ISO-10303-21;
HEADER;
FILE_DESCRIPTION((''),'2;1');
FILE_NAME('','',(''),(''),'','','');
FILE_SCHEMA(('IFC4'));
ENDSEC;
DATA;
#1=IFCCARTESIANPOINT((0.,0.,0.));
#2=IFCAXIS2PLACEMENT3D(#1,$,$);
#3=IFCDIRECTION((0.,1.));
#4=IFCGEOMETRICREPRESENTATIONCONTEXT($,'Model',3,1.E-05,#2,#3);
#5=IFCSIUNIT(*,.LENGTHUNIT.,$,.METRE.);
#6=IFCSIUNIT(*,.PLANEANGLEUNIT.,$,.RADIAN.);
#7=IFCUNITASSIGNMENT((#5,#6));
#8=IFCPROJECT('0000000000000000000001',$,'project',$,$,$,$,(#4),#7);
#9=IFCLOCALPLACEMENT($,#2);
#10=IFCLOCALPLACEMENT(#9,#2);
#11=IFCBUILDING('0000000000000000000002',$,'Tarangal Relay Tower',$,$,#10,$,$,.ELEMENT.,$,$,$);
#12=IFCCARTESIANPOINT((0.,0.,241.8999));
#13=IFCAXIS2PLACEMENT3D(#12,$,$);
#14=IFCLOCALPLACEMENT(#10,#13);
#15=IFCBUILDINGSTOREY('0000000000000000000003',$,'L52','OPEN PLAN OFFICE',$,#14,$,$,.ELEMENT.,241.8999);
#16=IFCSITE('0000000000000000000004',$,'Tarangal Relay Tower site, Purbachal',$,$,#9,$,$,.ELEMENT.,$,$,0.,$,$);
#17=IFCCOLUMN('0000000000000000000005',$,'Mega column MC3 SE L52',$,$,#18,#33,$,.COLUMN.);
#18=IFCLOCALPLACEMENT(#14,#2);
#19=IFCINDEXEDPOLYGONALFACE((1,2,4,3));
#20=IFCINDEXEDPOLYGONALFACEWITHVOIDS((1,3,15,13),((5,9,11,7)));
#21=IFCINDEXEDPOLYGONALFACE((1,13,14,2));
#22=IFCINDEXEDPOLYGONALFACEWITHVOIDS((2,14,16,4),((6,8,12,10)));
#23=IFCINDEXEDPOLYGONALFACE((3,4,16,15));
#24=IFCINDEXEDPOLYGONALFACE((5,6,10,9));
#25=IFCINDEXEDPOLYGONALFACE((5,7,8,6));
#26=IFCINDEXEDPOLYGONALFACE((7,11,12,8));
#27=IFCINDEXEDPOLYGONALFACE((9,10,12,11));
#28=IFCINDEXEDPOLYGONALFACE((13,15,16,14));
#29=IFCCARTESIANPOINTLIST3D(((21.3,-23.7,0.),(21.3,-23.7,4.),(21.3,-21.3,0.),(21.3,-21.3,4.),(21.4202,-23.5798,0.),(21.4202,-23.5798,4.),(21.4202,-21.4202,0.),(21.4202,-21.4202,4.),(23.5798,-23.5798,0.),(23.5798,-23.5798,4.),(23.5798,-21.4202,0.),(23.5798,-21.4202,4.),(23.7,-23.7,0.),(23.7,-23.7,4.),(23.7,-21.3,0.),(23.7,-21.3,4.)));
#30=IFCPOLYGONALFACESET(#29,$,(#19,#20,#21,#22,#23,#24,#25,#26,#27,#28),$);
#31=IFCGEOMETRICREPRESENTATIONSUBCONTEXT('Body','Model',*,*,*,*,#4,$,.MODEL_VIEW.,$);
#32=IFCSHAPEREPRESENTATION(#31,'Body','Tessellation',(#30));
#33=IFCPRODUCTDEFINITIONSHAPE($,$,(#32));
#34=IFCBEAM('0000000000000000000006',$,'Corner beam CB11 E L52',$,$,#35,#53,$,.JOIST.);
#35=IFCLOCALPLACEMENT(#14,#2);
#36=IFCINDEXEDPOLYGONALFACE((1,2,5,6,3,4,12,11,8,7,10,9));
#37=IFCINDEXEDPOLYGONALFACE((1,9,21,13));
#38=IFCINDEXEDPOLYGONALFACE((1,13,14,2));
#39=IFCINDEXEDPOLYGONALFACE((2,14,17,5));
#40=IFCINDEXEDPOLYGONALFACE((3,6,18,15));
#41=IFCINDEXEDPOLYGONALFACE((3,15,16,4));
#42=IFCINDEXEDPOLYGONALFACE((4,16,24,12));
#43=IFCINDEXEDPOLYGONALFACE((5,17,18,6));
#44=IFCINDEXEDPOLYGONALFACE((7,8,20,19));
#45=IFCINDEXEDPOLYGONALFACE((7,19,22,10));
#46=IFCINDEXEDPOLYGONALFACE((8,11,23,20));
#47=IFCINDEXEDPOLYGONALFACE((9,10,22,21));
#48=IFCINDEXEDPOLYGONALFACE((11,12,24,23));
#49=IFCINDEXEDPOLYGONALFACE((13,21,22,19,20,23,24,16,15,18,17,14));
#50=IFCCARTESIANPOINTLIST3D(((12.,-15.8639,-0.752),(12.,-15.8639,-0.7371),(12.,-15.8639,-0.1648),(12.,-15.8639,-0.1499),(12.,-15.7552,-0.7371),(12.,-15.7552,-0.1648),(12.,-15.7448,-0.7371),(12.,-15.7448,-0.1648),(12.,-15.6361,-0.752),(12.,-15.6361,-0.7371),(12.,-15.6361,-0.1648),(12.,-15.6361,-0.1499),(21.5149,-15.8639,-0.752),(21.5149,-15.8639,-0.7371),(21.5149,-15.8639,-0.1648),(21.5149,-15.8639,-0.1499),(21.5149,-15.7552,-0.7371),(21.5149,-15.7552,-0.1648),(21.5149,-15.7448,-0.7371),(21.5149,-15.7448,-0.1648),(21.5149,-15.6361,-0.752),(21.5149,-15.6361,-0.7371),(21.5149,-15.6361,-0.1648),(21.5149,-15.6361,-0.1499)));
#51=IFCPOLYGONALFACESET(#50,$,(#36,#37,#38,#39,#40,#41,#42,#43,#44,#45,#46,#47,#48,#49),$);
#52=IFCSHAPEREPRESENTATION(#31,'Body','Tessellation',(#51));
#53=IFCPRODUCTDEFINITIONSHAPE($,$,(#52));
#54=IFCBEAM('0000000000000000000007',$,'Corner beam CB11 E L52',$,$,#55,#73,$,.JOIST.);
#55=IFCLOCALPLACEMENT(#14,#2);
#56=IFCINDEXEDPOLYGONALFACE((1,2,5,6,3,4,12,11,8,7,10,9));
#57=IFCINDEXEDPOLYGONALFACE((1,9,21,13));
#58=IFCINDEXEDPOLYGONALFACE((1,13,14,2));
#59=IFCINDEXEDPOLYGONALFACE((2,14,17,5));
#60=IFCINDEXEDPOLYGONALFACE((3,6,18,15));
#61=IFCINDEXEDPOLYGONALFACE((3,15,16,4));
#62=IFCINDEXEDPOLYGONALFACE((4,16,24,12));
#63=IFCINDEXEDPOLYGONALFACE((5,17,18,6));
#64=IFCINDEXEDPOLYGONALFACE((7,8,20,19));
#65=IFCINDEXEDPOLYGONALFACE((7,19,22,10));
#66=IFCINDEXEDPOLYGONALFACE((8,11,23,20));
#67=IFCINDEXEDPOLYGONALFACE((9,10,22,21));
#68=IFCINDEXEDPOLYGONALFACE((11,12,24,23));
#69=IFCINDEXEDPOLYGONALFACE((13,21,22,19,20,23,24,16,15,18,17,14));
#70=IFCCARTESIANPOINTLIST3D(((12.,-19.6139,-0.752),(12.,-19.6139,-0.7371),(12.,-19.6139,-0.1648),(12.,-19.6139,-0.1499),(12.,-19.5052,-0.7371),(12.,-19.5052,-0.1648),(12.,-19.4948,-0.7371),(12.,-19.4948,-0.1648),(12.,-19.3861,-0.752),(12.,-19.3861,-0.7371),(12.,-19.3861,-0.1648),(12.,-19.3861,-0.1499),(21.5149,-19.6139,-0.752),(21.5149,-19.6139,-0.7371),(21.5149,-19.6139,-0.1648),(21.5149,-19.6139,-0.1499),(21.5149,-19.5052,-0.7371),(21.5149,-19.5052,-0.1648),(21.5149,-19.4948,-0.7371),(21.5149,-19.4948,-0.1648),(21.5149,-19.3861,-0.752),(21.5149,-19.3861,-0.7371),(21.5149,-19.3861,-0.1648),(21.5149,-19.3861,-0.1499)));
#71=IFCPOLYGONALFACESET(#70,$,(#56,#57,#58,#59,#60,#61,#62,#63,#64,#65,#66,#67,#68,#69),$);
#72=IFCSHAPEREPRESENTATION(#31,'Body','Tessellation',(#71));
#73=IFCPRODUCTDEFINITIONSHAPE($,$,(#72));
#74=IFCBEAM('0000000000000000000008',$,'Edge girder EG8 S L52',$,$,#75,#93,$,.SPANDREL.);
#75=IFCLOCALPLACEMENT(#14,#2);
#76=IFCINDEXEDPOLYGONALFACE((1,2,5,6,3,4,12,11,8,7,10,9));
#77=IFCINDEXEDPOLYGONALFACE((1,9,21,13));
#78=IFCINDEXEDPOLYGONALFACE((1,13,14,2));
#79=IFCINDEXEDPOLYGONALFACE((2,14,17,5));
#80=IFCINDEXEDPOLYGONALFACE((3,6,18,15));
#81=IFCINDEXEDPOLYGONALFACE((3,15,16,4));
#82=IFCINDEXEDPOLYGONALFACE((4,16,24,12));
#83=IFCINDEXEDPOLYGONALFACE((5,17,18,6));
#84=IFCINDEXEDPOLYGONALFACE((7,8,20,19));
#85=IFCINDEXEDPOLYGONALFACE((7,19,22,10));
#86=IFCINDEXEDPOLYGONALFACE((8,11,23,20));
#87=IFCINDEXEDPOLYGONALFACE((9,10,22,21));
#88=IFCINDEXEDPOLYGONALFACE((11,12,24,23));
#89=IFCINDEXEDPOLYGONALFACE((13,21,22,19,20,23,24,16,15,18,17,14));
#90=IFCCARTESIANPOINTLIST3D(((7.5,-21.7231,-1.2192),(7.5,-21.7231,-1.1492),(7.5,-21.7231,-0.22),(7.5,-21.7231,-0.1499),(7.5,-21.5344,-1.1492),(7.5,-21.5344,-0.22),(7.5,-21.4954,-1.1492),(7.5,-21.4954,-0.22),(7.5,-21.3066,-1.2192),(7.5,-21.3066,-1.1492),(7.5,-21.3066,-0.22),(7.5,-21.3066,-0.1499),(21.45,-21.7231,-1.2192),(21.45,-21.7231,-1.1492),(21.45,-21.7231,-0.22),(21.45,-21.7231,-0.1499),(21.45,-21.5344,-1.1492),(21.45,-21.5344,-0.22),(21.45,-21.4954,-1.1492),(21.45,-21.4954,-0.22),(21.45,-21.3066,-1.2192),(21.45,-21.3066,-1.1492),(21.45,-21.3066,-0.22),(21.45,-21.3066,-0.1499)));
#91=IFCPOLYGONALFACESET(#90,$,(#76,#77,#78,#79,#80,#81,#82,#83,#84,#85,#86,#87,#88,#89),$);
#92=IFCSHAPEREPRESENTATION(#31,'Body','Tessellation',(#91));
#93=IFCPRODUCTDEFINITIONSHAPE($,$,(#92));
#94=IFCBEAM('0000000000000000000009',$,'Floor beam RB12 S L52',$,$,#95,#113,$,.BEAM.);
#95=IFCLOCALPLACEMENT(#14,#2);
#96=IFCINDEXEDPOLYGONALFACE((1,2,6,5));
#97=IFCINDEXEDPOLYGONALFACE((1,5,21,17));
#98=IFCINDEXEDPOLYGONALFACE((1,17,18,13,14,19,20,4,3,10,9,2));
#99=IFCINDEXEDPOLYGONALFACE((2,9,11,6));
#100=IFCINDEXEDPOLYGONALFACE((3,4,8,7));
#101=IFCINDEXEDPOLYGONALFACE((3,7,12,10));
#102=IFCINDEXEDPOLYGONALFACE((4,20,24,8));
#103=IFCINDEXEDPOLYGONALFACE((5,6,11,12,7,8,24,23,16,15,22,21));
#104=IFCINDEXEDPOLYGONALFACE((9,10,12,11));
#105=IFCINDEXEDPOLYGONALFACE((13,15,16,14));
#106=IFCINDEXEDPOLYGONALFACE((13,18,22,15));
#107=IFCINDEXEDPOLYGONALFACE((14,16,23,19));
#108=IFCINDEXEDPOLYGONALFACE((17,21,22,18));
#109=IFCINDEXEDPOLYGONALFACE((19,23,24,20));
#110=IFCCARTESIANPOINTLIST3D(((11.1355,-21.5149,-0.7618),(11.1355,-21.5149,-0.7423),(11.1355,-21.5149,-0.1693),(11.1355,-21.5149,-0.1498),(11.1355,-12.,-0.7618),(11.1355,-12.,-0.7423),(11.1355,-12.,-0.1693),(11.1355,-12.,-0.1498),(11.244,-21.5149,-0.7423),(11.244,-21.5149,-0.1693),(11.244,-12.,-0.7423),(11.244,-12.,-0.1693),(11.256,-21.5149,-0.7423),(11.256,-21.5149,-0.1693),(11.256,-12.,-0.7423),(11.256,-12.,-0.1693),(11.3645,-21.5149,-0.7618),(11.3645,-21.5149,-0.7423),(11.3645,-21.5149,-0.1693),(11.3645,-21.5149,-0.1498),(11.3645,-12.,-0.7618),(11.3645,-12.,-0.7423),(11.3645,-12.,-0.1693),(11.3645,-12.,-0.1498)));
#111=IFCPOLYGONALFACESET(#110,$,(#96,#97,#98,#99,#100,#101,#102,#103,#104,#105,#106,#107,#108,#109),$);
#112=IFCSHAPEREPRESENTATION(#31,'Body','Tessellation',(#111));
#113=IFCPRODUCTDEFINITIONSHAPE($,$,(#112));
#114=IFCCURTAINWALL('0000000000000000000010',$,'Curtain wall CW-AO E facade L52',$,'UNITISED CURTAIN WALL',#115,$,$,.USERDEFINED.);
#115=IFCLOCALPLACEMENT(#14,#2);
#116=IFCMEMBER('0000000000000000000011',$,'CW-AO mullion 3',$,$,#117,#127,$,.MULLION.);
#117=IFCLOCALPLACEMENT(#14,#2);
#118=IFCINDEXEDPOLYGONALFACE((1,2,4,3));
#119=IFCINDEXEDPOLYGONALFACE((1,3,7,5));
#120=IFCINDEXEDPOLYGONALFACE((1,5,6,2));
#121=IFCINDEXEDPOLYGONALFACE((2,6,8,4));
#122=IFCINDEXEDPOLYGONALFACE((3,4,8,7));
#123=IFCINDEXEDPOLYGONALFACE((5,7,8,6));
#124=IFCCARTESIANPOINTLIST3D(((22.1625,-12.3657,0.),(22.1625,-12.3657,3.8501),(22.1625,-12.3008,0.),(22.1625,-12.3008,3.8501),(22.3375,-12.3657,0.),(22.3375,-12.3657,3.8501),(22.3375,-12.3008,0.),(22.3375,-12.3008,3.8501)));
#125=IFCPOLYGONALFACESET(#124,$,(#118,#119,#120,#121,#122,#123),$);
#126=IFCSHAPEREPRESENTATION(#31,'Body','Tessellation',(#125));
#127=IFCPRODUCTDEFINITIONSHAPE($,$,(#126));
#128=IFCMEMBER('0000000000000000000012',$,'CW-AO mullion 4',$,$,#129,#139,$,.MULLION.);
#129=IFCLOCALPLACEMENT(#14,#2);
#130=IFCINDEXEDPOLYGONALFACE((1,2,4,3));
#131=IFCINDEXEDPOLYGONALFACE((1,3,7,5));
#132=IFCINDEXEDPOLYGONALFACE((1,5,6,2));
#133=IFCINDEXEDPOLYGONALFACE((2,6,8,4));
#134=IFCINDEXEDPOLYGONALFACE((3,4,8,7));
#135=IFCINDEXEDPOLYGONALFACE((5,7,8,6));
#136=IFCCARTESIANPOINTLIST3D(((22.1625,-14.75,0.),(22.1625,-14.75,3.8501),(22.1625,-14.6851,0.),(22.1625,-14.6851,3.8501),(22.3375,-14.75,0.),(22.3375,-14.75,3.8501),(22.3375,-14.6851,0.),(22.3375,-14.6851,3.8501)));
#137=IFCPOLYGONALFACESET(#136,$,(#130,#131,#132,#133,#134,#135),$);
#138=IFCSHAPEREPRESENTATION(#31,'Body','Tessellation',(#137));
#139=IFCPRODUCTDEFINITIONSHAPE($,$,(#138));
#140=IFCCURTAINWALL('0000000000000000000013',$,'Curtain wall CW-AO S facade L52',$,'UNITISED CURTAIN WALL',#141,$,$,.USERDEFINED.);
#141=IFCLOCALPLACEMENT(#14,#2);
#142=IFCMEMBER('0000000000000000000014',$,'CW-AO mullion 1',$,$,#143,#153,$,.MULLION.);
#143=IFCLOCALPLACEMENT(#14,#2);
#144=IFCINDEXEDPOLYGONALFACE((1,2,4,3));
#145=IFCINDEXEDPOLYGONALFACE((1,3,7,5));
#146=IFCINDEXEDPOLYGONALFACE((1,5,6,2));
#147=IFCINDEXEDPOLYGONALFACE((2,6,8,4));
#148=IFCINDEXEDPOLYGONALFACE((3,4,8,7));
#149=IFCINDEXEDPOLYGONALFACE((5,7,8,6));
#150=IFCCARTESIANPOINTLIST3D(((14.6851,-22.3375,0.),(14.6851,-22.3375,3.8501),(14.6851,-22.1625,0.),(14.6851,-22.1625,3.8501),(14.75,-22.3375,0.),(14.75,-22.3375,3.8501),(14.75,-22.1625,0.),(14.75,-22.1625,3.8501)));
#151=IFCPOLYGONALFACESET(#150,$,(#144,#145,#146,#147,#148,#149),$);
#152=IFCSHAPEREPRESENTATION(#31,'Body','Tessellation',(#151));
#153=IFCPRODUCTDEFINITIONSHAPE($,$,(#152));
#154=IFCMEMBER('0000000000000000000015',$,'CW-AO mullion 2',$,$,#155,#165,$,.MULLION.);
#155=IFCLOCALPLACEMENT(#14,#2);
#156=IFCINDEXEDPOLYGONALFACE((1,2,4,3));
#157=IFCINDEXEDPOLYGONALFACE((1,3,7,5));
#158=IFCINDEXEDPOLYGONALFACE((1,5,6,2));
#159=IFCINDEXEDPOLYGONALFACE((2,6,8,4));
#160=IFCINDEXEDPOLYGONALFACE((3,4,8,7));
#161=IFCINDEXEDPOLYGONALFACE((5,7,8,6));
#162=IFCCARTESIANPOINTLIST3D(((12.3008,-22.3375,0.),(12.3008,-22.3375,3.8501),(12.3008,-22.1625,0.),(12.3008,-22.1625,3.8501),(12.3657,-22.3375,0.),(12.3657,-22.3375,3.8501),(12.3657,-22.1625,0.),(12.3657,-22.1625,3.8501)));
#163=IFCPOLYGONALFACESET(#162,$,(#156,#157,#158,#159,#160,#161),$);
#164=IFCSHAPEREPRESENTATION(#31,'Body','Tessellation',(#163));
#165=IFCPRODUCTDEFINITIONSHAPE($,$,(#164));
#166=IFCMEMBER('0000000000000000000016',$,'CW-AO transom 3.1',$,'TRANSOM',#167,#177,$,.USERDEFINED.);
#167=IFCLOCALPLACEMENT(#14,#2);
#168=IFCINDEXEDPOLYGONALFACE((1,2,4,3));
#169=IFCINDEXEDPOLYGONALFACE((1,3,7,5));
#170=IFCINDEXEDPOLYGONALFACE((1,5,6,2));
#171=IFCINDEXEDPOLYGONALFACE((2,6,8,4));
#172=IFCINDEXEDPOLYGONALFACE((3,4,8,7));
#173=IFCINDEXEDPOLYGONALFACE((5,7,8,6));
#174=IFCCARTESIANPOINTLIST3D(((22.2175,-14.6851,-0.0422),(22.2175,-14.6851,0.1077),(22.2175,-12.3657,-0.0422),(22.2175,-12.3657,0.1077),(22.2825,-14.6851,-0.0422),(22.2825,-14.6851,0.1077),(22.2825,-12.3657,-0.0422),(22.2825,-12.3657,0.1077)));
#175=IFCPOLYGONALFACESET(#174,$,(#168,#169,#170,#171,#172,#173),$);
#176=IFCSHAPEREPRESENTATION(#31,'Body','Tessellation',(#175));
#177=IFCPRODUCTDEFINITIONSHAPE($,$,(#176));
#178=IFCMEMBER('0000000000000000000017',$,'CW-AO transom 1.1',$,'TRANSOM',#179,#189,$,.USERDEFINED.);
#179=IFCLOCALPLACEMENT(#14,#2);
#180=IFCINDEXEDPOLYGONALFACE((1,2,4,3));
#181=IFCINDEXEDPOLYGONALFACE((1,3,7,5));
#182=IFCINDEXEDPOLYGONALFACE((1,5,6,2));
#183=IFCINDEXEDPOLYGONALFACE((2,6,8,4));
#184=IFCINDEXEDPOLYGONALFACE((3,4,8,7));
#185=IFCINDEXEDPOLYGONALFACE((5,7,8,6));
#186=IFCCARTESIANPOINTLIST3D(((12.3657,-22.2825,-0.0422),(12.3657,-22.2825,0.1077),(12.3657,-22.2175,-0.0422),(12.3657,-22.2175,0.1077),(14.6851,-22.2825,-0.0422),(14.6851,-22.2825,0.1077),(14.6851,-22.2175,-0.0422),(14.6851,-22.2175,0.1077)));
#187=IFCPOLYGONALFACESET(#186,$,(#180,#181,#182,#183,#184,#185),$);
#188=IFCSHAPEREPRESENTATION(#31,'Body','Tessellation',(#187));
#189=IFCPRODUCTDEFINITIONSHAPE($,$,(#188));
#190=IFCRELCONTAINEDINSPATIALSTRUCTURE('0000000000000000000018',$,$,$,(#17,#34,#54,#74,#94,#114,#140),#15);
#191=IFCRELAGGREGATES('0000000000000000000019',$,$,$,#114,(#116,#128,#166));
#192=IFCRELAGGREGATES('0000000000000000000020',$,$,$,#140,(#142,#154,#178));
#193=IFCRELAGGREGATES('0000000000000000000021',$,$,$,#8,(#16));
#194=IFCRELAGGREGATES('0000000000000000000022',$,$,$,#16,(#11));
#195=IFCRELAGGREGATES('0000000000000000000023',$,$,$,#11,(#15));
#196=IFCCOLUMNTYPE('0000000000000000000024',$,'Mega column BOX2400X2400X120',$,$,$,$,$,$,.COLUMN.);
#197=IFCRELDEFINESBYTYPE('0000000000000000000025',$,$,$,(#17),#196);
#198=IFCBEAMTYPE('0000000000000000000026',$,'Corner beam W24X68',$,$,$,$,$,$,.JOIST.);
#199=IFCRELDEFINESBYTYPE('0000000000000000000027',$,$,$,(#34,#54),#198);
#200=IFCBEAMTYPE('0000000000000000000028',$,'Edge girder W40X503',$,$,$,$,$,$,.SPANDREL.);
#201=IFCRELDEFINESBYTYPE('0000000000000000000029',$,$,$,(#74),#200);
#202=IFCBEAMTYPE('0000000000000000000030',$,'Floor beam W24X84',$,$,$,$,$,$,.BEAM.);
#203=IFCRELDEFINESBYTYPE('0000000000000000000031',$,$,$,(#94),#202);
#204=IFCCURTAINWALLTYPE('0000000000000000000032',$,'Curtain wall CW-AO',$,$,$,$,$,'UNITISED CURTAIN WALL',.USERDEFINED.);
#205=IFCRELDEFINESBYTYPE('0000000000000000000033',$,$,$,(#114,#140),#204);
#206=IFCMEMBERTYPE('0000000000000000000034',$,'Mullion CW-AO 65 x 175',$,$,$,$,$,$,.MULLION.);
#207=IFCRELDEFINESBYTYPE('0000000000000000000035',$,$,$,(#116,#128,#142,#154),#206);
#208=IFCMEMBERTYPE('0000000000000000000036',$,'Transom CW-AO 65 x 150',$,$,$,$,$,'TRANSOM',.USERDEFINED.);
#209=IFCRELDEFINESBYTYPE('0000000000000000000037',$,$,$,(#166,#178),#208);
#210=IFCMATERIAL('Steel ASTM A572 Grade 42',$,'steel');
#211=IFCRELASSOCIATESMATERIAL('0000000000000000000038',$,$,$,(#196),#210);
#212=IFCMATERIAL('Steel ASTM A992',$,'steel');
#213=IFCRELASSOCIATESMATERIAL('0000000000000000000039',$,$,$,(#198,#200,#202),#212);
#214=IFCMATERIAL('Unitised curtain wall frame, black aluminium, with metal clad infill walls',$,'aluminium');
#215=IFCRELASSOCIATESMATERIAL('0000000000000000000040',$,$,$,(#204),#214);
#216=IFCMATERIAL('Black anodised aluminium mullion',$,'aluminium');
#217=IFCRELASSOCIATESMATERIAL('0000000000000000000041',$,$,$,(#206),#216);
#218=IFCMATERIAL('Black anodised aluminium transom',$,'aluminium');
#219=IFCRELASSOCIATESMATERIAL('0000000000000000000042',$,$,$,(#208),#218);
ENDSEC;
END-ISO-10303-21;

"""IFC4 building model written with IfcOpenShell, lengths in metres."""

from ifc_helpers import new_model, si_unit, direction, frame, origin, origin_2d, place, context, subcontext, project, spatial, rectangle, hollow_rectangle, i_section, extrude, material, material_profile, profile_set, type_object, element, aggregate, save


model = new_model("IFC4")

# Units and contexts
model_context = context("Model", 3, precision=1e-05, world=origin(), true_north=direction((0.0, 1.0)))
body_context = subcontext(model_context, "Body", "Model", "MODEL_VIEW")
ifc_project = project(units=[si_unit("LENGTHUNIT", "METRE"), si_unit("PLANEANGLEUNIT", "RADIAN")], contexts=[model_context])

# Site, building, storey
site_placement = place(None, origin())
site = spatial("IfcSite", under=ifc_project, at=site_placement, Name="Tarangal Relay Tower site, Purbachal", CompositionType="ELEMENT", RefElevation=0.0)
building_placement = place(site_placement, origin())
building = spatial("IfcBuilding", under=site, at=building_placement, Name="Tarangal Relay Tower", CompositionType="ELEMENT")
storey_placement = place(building_placement, frame((0.0, 0.0, 241.8999)))
storey = spatial("IfcBuildingStorey", under=building, at=storey_placement, Name="L52", Description="OPEN PLAN OFFICE", CompositionType="ELEMENT", Elevation=241.8999)

# Column
ifc_material_1 = material(Name="Steel ASTM A572 Grade 42", Category="steel")
ifc_material_profile_1 = material_profile(ifc_material_1, hollow_rectangle(XDim=2.3999, YDim=2.3999, WallThickness=0.1201, at=origin_2d()), Name="BOX2400X2400X120")
ifc_profile_set_1 = profile_set([ifc_material_profile_1], Name="Steel ASTM A572 Grade 42")
column_type = type_object("IfcColumnType", Name="Mega column BOX2400X2400X120", PredefinedType="COLUMN", material=ifc_profile_set_1)
column_placement = place(storey_placement, frame((22.5, -22.5, 0.0), z_axis=(0.0, 0.0, 1.0), x_axis=(1.0, 0.0, 0.0)))
element("IfcColumn", 1, at=column_placement, inside=storey, type_object=column_type, Name="Mega column MC3 SE L52", PredefinedType="COLUMN", context=body_context, shape_type="SweptSolid", body=[
    extrude(hollow_rectangle(XDim=2.3999, YDim=2.3999, WallThickness=0.1201, at=origin_2d()), origin(), (0.0, 0.0, 1.0), 4.0),
])

# Beams
ifc_material_2 = material(Name="Steel ASTM A992", Category="steel")
ifc_material_profile_2 = material_profile(ifc_material_2, i_section(OverallWidth=0.2278, OverallDepth=0.6021, WebThickness=0.0105, FlangeThickness=0.0149, at=origin_2d()), Name="W24X68")
ifc_profile_set_2 = profile_set([ifc_material_profile_2], Name="Steel ASTM A992")
beam_type_1 = type_object("IfcBeamType", Name="Corner beam W24X68", PredefinedType="JOIST", material=ifc_profile_set_2)
for number, where, z_axis, x_axis, name in (
    (2, (12.0, -15.75, -0.4509), (1.0, 0.0, 0.0), (0.0, 1.0, 0.0), "Corner beam CB11 E L52"),
    (3, (12.0, -19.5, -0.4509), (1.0, 0.0, 0.0), (0.0, 1.0, 0.0), "Corner beam CB11 E L52"),
):
    element("IfcBeam", number, at=place(storey_placement, frame(where, z_axis=z_axis, x_axis=x_axis)), inside=storey, type_object=beam_type_1, Name=name, PredefinedType="JOIST", context=body_context, shape_type="SweptSolid", body=[
        extrude(i_section(OverallWidth=0.2278, OverallDepth=0.6021, WebThickness=0.0105, FlangeThickness=0.0149, at=origin_2d()), origin(), (0.0, 0.0, 1.0), 9.5149),
    ])
ifc_material_profile_3 = material_profile(ifc_material_2, i_section(OverallWidth=0.4165, OverallDepth=1.0693, WebThickness=0.0391, FlangeThickness=0.0701, at=origin_2d()), Name="W40X503")
ifc_profile_set_3 = profile_set([ifc_material_profile_3], Name="Steel ASTM A992")
beam_type_2 = type_object("IfcBeamType", Name="Edge girder W40X503", PredefinedType="SPANDREL", material=ifc_profile_set_3)
beam_1_placement = place(storey_placement, frame((21.45, -21.5149, -0.6846), z_axis=(-1.0, 0.0, 0.0), x_axis=(0.0, -1.0, 0.0)))
element("IfcBeam", 4, at=beam_1_placement, inside=storey, type_object=beam_type_2, Name="Edge girder EG8 S L52", PredefinedType="SPANDREL", context=body_context, shape_type="SweptSolid", body=[
    extrude(i_section(OverallWidth=0.4165, OverallDepth=1.0693, WebThickness=0.0391, FlangeThickness=0.0701, at=origin_2d()), origin(), (0.0, 0.0, 1.0), 13.95),
])
ifc_material_profile_4 = material_profile(ifc_material_2, i_section(OverallWidth=0.229, OverallDepth=0.6121, WebThickness=0.012, FlangeThickness=0.0195, at=origin_2d()), Name="W24X84")
ifc_profile_set_4 = profile_set([ifc_material_profile_4], Name="Steel ASTM A992")
beam_type_3 = type_object("IfcBeamType", Name="Floor beam W24X84", PredefinedType="BEAM", material=ifc_profile_set_4)
beam_2_placement = place(storey_placement, frame((11.25, -12.0, -0.4558), z_axis=(0.0, -1.0, 0.0), x_axis=(1.0, 0.0, 0.0)))
element("IfcBeam", 5, at=beam_2_placement, inside=storey, type_object=beam_type_3, Name="Floor beam RB12 S L52", PredefinedType="BEAM", context=body_context, shape_type="SweptSolid", body=[
    extrude(i_section(OverallWidth=0.229, OverallDepth=0.6121, WebThickness=0.012, FlangeThickness=0.0195, at=origin_2d()), origin(), (0.0, 0.0, 1.0), 9.5149),
])

# Curtain walls, members
ifc_material_3 = material(Name="Unitised curtain wall frame, black aluminium, with metal clad infill walls", Category="aluminium")
curtain_wall_type = type_object("IfcCurtainWallType", Name="Curtain wall CW-AO", ElementType="UNITISED CURTAIN WALL", PredefinedType="USERDEFINED", material=ifc_material_3)
curtain_wall_1_placement = place(storey_placement, origin())
curtain_wall_1 = element("IfcCurtainWall", 6, at=curtain_wall_1_placement, inside=storey, type_object=curtain_wall_type, Name="Curtain wall CW-AO E facade L52", ObjectType="UNITISED CURTAIN WALL", PredefinedType="USERDEFINED")
ifc_material_4 = material(Name="Black anodised aluminium mullion", Category="aluminium")
ifc_material_profile_5 = material_profile(ifc_material_4, rectangle(XDim=0.175, YDim=0.0649, at=origin_2d()), Name="CW-AOM 65X175")
ifc_profile_set_5 = profile_set([ifc_material_profile_5], Name="Black anodised aluminium mullion")
member_type_1 = type_object("IfcMemberType", Name="Mullion CW-AO 65 x 175", PredefinedType="MULLION", material=ifc_profile_set_5)
member_1_placement = place(storey_placement, frame((22.25, -12.3333, 0.0), z_axis=(0.0, 0.0, 1.0), x_axis=(1.0, 0.0, 0.0)))
member_1 = element("IfcMember", 7, at=member_1_placement, type_object=member_type_1, Name="CW-AO mullion 3", PredefinedType="MULLION", context=body_context, shape_type="SweptSolid", body=[
    extrude(rectangle(XDim=0.175, YDim=0.0649, at=origin_2d()), origin(), (0.0, 0.0, 1.0), 3.8501),
])
member_2_placement = place(storey_placement, frame((22.25, -14.7175, 0.0), z_axis=(0.0, 0.0, 1.0), x_axis=(1.0, 0.0, 0.0)))
member_2 = element("IfcMember", 8, at=member_2_placement, type_object=member_type_1, Name="CW-AO mullion 4", PredefinedType="MULLION", context=body_context, shape_type="SweptSolid", body=[
    extrude(rectangle(XDim=0.175, YDim=0.0649, at=origin_2d()), origin(), (0.0, 0.0, 1.0), 3.8501),
])
curtain_wall_2_placement = place(storey_placement, origin())
curtain_wall_2 = element("IfcCurtainWall", 9, at=curtain_wall_2_placement, inside=storey, type_object=curtain_wall_type, Name="Curtain wall CW-AO S facade L52", ObjectType="UNITISED CURTAIN WALL", PredefinedType="USERDEFINED")
member_3_placement = place(storey_placement, frame((14.7175, -22.25, 0.0), z_axis=(0.0, 0.0, 1.0), x_axis=(0.0, -1.0, 0.0)))
member_3 = element("IfcMember", 10, at=member_3_placement, type_object=member_type_1, Name="CW-AO mullion 1", PredefinedType="MULLION", context=body_context, shape_type="SweptSolid", body=[
    extrude(rectangle(XDim=0.175, YDim=0.0649, at=origin_2d()), origin(), (0.0, 0.0, 1.0), 3.8501),
])
member_4_placement = place(storey_placement, frame((12.3333, -22.25, 0.0), z_axis=(0.0, 0.0, 1.0), x_axis=(0.0, -1.0, 0.0)))
member_4 = element("IfcMember", 11, at=member_4_placement, type_object=member_type_1, Name="CW-AO mullion 2", PredefinedType="MULLION", context=body_context, shape_type="SweptSolid", body=[
    extrude(rectangle(XDim=0.175, YDim=0.0649, at=origin_2d()), origin(), (0.0, 0.0, 1.0), 3.8501),
])

# Members
ifc_material_5 = material(Name="Black anodised aluminium transom", Category="aluminium")
ifc_material_profile_6 = material_profile(ifc_material_5, rectangle(XDim=0.0649, YDim=0.1499, at=origin_2d()), Name="CW-AOT 65X150")
ifc_profile_set_6 = profile_set([ifc_material_profile_6], Name="Black anodised aluminium transom")
member_type_2 = type_object("IfcMemberType", Name="Transom CW-AO 65 x 150", ElementType="TRANSOM", PredefinedType="USERDEFINED", material=ifc_profile_set_6)
member_5_placement = place(storey_placement, frame((22.25, -12.3657, 0.0327), z_axis=(0.0, -1.0, 0.0), x_axis=(1.0, 0.0, 0.0)))
member_5 = element("IfcMember", 12, at=member_5_placement, type_object=member_type_2, Name="CW-AO transom 3.1", ObjectType="TRANSOM", PredefinedType="USERDEFINED", context=body_context, shape_type="SweptSolid", body=[
    extrude(rectangle(XDim=0.0649, YDim=0.1499, at=origin_2d()), origin(), (0.0, 0.0, 1.0), 2.3193),
])
aggregate(curtain_wall_1, [member_1, member_2, member_5])
member_6_placement = place(storey_placement, frame((14.6851, -22.25, 0.0327), z_axis=(-1.0, 0.0, 0.0), x_axis=(0.0, -1.0, 0.0)))
member_6 = element("IfcMember", 13, at=member_6_placement, type_object=member_type_2, Name="CW-AO transom 1.1", ObjectType="TRANSOM", PredefinedType="USERDEFINED", context=body_context, shape_type="SweptSolid", body=[
    extrude(rectangle(XDim=0.0649, YDim=0.1499, at=origin_2d()), origin(), (0.0, 0.0, 1.0), 2.3193),
])
aggregate(curtain_wall_2, [member_3, member_4, member_6])

save(model, "model.ifc")
